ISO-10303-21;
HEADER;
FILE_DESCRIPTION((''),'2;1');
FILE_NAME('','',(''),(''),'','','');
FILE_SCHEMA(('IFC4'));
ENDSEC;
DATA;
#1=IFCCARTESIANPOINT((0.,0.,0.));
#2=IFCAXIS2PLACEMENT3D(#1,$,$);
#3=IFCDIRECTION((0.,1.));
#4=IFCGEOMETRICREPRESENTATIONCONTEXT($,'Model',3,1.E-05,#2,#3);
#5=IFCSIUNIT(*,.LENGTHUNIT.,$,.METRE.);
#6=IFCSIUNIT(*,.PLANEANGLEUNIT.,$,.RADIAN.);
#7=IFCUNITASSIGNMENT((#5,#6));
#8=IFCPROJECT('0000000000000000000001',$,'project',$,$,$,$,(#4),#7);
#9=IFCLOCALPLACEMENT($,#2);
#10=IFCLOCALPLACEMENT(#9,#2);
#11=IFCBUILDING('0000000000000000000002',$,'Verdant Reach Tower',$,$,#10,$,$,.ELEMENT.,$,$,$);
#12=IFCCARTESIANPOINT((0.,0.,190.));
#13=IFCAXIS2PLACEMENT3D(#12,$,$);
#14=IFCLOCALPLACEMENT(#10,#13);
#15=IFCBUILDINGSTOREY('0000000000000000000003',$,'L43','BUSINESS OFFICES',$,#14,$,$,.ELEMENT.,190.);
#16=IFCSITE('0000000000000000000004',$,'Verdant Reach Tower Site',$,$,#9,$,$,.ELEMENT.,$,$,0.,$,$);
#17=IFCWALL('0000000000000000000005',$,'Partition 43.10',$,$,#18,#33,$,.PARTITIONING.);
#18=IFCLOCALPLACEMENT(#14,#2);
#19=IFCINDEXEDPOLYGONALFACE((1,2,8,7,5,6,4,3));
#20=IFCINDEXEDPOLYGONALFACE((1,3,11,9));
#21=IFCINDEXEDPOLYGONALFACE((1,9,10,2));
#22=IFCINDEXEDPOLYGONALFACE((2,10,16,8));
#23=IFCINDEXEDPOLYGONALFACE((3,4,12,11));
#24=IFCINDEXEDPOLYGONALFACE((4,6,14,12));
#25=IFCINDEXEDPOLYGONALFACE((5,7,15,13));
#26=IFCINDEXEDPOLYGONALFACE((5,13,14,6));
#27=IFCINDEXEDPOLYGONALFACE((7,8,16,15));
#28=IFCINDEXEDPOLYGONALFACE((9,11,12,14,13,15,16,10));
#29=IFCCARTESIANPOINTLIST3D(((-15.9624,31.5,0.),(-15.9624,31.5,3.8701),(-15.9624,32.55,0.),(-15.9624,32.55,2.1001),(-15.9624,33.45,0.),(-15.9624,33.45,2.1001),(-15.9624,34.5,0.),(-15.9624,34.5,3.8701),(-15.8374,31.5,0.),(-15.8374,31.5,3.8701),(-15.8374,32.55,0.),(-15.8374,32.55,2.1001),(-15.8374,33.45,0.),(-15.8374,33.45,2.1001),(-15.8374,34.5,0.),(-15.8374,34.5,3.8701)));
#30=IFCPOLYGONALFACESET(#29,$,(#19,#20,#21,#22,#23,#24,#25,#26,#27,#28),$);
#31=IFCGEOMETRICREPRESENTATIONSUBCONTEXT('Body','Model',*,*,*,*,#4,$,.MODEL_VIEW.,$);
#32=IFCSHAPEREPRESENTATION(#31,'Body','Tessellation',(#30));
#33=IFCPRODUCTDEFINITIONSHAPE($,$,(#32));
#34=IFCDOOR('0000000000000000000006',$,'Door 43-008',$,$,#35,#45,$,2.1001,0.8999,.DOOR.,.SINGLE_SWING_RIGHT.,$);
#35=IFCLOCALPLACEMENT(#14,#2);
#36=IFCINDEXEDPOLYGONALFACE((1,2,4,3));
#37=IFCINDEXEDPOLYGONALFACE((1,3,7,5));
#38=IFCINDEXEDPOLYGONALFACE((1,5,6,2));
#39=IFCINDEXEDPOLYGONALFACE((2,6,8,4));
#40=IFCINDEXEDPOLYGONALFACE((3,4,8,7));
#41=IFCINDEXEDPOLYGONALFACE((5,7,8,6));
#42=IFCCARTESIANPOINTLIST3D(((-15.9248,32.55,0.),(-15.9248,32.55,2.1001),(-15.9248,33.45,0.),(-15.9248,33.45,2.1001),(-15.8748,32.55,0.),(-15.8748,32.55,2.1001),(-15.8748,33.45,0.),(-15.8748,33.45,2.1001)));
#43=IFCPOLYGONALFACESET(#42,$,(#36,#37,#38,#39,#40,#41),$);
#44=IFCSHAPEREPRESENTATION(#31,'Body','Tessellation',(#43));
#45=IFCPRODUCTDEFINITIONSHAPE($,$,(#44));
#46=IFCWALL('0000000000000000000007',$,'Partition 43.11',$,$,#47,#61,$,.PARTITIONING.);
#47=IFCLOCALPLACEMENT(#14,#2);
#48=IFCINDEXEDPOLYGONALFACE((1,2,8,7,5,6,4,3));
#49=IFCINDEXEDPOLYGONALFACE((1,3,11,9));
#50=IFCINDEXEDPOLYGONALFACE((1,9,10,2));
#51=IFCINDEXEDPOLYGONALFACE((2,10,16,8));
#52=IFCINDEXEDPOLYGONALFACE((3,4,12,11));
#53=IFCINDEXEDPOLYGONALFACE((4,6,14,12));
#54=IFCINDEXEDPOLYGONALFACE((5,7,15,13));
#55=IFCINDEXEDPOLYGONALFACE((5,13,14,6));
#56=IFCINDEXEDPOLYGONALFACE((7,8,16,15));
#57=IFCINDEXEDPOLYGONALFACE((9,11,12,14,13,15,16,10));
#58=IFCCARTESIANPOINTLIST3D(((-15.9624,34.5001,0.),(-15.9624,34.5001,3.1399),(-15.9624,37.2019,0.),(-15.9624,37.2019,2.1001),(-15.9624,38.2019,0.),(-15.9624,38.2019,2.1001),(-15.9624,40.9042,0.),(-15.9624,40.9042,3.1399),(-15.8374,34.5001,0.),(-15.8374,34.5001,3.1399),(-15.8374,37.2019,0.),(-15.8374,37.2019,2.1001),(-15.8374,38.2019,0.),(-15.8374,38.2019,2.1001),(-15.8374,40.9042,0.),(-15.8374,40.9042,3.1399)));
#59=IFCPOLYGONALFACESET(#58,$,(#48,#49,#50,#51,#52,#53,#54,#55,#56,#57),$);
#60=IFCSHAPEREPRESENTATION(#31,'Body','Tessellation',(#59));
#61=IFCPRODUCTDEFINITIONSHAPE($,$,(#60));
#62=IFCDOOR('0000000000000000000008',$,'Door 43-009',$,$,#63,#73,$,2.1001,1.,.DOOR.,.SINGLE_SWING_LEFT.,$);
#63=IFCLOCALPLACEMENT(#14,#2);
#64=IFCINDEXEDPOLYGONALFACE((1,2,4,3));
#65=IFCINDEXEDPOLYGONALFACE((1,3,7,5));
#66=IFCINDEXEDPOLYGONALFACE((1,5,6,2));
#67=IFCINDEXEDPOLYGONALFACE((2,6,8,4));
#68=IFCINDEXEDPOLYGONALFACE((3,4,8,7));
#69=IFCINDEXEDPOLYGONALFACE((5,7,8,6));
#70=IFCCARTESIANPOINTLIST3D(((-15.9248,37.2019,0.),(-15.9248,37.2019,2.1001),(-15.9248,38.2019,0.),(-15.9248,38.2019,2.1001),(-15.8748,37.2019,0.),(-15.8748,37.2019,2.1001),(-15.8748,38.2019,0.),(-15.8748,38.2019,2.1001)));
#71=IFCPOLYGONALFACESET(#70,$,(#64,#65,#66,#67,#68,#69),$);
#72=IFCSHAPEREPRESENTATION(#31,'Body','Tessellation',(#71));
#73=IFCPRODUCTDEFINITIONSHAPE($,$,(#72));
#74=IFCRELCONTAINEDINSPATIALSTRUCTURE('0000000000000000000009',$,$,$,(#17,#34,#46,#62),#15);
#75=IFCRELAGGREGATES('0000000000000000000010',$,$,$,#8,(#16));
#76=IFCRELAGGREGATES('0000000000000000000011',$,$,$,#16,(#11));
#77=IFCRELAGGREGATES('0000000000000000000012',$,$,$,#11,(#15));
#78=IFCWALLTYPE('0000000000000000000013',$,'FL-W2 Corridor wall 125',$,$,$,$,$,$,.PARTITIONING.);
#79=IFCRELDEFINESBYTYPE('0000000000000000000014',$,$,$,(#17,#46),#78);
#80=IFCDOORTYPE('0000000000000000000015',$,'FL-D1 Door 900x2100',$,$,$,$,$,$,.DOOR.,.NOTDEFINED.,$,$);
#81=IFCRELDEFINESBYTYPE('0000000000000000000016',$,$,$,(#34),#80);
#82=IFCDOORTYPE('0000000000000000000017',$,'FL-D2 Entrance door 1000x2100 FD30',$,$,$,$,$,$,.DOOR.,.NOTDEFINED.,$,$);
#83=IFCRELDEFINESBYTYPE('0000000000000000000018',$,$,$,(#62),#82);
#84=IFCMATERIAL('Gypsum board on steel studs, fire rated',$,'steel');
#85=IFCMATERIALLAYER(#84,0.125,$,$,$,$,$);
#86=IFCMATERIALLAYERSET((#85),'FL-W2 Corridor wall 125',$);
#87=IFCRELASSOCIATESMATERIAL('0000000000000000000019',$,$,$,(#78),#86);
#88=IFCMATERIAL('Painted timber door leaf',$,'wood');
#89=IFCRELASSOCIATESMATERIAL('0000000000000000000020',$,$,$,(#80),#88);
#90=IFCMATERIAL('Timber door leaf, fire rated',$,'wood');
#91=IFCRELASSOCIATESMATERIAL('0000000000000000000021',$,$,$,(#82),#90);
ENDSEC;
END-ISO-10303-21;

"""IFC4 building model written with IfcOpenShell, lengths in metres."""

from ifc_helpers import new_model, si_unit, direction, frame, frame_2d, origin, place, context, subcontext, project, spatial, rectangle, extrude, material, layer, layer_set, type_object, element, fill, save


model = new_model("IFC4")

# Units and contexts
model_context = context("Model", 3, precision=1e-05, world=origin(), true_north=direction((0.0, 1.0)))
body_context = subcontext(model_context, "Body", "Model", "MODEL_VIEW")
ifc_project = project(units=[si_unit("LENGTHUNIT", "METRE"), si_unit("PLANEANGLEUNIT", "RADIAN")], contexts=[model_context])

# Site, building, storey
site_placement = place(None, origin())
site = spatial("IfcSite", under=ifc_project, at=site_placement, Name="Verdant Reach Tower Site", CompositionType="ELEMENT", RefElevation=0.0)
building_placement = place(site_placement, origin())
building = spatial("IfcBuilding", under=site, at=building_placement, Name="Verdant Reach Tower", CompositionType="ELEMENT")
storey_placement = place(building_placement, frame((0.0, 0.0, 190.0)))
storey = spatial("IfcBuildingStorey", under=building, at=storey_placement, Name="L43", Description="BUSINESS OFFICES", CompositionType="ELEMENT", Elevation=190.0)

# Walls, openings, doors
ifc_material_1 = material(Name="Gypsum board on steel studs, fire rated", Category="steel")
ifc_layer_1 = layer(ifc_material_1, 0.125)
ifc_layer_set_1 = layer_set([ifc_layer_1], Name="FL-W2 Corridor wall 125")
wall_type_1 = type_object("IfcWallType", Name="FL-W2 Corridor wall 125", PredefinedType="PARTITIONING", material=ifc_layer_set_1)
ifc_material_2 = material(Name="Painted timber door leaf", Category="wood")
door_type_1 = type_object("IfcDoorType", Name="FL-D1 Door 900x2100", OperationType="NOTDEFINED", PredefinedType="DOOR", material=ifc_material_2)
wall_1_placement = place(storey_placement, frame((-15.8999, 31.5, 0.0), z_axis=(0.0, 0.0, 1.0), x_axis=(0.0, 1.0, 0.0)))
wall_1 = element("IfcWall", 1, at=wall_1_placement, inside=storey, type_object=wall_type_1, Name="Partition 43.10", PredefinedType="PARTITIONING", context=body_context, shape_type="SweptSolid", body=[
    extrude(rectangle(XDim=3.0, YDim=0.125, at=frame_2d((1.5, 0.0))), origin(), (0.0, 0.0, 1.0), 3.8701),
])
opening_1_placement = place(wall_1_placement, frame((1.05, 0.0, 0.0)))
opening_1 = element("IfcOpeningElement", 2, at=opening_1_placement, cuts=wall_1, PredefinedType="OPENING", context=body_context, shape_type="SweptSolid", body=[
    extrude(rectangle(XDim=0.8999, YDim=2.1001, at=frame_2d((0.45, 1.05))), frame((0.0, 0.0725, 0.0), z_axis=(0.0, -1.0, 0.0), x_axis=(1.0, 0.0, 0.0)), (0.0, 0.0, 1.0), 0.145),
])
door_1_placement = place(opening_1_placement, origin())
door_1 = element("IfcDoor", 3, at=door_1_placement, inside=storey, type_object=door_type_1, Name="Door 43-008", OperationType="SINGLE_SWING_RIGHT", OverallHeight=2.1001, OverallWidth=0.8999, PredefinedType="DOOR", context=body_context, shape_type="SweptSolid", body=[
    extrude(rectangle(XDim=0.8999, YDim=2.1001, at=frame_2d((0.45, 1.05))), frame((0.0, 0.0249, 0.0), z_axis=(0.0, -1.0, 0.0), x_axis=(1.0, 0.0, 0.0)), (0.0, 0.0, 1.0), 0.05),
])
fill(opening_1, door_1)
wall_2_placement = place(storey_placement, frame((-15.8999, 34.5, 0.0), z_axis=(0.0, 0.0, 1.0), x_axis=(0.0, 1.0, 0.0)))
wall_2 = element("IfcWall", 4, at=wall_2_placement, inside=storey, type_object=wall_type_1, Name="Partition 43.11", PredefinedType="PARTITIONING", context=body_context, shape_type="SweptSolid", body=[
    extrude(rectangle(XDim=6.4041, YDim=0.125, at=frame_2d((3.2021, 0.0))), origin(), (0.0, 0.0, 1.0), 3.1399),
])
opening_2_placement = place(wall_2_placement, frame((2.7019, 0.0, 0.0)))
opening_2 = element("IfcOpeningElement", 5, at=opening_2_placement, cuts=wall_2, PredefinedType="OPENING", context=body_context, shape_type="SweptSolid", body=[
    extrude(rectangle(XDim=1.0, YDim=2.1001, at=frame_2d((0.5, 1.05))), frame((0.0, 0.0725, 0.0), z_axis=(0.0, -1.0, 0.0), x_axis=(1.0, 0.0, 0.0)), (0.0, 0.0, 1.0), 0.145),
])
ifc_material_3 = material(Name="Timber door leaf, fire rated", Category="wood")
door_type_2 = type_object("IfcDoorType", Name="FL-D2 Entrance door 1000x2100 FD30", OperationType="NOTDEFINED", PredefinedType="DOOR", material=ifc_material_3)
door_2_placement = place(opening_2_placement, origin())
door_2 = element("IfcDoor", 6, at=door_2_placement, inside=storey, type_object=door_type_2, Name="Door 43-009", OperationType="SINGLE_SWING_LEFT", OverallHeight=2.1001, OverallWidth=1.0, PredefinedType="DOOR", context=body_context, shape_type="SweptSolid", body=[
    extrude(rectangle(XDim=1.0, YDim=2.1001, at=frame_2d((0.5, 1.05))), frame((0.0, 0.0249, 0.0), z_axis=(0.0, -1.0, 0.0), x_axis=(1.0, 0.0, 0.0)), (0.0, 0.0, 1.0), 0.05),
])
fill(opening_2, door_2)

save(model, "model.ifc")
